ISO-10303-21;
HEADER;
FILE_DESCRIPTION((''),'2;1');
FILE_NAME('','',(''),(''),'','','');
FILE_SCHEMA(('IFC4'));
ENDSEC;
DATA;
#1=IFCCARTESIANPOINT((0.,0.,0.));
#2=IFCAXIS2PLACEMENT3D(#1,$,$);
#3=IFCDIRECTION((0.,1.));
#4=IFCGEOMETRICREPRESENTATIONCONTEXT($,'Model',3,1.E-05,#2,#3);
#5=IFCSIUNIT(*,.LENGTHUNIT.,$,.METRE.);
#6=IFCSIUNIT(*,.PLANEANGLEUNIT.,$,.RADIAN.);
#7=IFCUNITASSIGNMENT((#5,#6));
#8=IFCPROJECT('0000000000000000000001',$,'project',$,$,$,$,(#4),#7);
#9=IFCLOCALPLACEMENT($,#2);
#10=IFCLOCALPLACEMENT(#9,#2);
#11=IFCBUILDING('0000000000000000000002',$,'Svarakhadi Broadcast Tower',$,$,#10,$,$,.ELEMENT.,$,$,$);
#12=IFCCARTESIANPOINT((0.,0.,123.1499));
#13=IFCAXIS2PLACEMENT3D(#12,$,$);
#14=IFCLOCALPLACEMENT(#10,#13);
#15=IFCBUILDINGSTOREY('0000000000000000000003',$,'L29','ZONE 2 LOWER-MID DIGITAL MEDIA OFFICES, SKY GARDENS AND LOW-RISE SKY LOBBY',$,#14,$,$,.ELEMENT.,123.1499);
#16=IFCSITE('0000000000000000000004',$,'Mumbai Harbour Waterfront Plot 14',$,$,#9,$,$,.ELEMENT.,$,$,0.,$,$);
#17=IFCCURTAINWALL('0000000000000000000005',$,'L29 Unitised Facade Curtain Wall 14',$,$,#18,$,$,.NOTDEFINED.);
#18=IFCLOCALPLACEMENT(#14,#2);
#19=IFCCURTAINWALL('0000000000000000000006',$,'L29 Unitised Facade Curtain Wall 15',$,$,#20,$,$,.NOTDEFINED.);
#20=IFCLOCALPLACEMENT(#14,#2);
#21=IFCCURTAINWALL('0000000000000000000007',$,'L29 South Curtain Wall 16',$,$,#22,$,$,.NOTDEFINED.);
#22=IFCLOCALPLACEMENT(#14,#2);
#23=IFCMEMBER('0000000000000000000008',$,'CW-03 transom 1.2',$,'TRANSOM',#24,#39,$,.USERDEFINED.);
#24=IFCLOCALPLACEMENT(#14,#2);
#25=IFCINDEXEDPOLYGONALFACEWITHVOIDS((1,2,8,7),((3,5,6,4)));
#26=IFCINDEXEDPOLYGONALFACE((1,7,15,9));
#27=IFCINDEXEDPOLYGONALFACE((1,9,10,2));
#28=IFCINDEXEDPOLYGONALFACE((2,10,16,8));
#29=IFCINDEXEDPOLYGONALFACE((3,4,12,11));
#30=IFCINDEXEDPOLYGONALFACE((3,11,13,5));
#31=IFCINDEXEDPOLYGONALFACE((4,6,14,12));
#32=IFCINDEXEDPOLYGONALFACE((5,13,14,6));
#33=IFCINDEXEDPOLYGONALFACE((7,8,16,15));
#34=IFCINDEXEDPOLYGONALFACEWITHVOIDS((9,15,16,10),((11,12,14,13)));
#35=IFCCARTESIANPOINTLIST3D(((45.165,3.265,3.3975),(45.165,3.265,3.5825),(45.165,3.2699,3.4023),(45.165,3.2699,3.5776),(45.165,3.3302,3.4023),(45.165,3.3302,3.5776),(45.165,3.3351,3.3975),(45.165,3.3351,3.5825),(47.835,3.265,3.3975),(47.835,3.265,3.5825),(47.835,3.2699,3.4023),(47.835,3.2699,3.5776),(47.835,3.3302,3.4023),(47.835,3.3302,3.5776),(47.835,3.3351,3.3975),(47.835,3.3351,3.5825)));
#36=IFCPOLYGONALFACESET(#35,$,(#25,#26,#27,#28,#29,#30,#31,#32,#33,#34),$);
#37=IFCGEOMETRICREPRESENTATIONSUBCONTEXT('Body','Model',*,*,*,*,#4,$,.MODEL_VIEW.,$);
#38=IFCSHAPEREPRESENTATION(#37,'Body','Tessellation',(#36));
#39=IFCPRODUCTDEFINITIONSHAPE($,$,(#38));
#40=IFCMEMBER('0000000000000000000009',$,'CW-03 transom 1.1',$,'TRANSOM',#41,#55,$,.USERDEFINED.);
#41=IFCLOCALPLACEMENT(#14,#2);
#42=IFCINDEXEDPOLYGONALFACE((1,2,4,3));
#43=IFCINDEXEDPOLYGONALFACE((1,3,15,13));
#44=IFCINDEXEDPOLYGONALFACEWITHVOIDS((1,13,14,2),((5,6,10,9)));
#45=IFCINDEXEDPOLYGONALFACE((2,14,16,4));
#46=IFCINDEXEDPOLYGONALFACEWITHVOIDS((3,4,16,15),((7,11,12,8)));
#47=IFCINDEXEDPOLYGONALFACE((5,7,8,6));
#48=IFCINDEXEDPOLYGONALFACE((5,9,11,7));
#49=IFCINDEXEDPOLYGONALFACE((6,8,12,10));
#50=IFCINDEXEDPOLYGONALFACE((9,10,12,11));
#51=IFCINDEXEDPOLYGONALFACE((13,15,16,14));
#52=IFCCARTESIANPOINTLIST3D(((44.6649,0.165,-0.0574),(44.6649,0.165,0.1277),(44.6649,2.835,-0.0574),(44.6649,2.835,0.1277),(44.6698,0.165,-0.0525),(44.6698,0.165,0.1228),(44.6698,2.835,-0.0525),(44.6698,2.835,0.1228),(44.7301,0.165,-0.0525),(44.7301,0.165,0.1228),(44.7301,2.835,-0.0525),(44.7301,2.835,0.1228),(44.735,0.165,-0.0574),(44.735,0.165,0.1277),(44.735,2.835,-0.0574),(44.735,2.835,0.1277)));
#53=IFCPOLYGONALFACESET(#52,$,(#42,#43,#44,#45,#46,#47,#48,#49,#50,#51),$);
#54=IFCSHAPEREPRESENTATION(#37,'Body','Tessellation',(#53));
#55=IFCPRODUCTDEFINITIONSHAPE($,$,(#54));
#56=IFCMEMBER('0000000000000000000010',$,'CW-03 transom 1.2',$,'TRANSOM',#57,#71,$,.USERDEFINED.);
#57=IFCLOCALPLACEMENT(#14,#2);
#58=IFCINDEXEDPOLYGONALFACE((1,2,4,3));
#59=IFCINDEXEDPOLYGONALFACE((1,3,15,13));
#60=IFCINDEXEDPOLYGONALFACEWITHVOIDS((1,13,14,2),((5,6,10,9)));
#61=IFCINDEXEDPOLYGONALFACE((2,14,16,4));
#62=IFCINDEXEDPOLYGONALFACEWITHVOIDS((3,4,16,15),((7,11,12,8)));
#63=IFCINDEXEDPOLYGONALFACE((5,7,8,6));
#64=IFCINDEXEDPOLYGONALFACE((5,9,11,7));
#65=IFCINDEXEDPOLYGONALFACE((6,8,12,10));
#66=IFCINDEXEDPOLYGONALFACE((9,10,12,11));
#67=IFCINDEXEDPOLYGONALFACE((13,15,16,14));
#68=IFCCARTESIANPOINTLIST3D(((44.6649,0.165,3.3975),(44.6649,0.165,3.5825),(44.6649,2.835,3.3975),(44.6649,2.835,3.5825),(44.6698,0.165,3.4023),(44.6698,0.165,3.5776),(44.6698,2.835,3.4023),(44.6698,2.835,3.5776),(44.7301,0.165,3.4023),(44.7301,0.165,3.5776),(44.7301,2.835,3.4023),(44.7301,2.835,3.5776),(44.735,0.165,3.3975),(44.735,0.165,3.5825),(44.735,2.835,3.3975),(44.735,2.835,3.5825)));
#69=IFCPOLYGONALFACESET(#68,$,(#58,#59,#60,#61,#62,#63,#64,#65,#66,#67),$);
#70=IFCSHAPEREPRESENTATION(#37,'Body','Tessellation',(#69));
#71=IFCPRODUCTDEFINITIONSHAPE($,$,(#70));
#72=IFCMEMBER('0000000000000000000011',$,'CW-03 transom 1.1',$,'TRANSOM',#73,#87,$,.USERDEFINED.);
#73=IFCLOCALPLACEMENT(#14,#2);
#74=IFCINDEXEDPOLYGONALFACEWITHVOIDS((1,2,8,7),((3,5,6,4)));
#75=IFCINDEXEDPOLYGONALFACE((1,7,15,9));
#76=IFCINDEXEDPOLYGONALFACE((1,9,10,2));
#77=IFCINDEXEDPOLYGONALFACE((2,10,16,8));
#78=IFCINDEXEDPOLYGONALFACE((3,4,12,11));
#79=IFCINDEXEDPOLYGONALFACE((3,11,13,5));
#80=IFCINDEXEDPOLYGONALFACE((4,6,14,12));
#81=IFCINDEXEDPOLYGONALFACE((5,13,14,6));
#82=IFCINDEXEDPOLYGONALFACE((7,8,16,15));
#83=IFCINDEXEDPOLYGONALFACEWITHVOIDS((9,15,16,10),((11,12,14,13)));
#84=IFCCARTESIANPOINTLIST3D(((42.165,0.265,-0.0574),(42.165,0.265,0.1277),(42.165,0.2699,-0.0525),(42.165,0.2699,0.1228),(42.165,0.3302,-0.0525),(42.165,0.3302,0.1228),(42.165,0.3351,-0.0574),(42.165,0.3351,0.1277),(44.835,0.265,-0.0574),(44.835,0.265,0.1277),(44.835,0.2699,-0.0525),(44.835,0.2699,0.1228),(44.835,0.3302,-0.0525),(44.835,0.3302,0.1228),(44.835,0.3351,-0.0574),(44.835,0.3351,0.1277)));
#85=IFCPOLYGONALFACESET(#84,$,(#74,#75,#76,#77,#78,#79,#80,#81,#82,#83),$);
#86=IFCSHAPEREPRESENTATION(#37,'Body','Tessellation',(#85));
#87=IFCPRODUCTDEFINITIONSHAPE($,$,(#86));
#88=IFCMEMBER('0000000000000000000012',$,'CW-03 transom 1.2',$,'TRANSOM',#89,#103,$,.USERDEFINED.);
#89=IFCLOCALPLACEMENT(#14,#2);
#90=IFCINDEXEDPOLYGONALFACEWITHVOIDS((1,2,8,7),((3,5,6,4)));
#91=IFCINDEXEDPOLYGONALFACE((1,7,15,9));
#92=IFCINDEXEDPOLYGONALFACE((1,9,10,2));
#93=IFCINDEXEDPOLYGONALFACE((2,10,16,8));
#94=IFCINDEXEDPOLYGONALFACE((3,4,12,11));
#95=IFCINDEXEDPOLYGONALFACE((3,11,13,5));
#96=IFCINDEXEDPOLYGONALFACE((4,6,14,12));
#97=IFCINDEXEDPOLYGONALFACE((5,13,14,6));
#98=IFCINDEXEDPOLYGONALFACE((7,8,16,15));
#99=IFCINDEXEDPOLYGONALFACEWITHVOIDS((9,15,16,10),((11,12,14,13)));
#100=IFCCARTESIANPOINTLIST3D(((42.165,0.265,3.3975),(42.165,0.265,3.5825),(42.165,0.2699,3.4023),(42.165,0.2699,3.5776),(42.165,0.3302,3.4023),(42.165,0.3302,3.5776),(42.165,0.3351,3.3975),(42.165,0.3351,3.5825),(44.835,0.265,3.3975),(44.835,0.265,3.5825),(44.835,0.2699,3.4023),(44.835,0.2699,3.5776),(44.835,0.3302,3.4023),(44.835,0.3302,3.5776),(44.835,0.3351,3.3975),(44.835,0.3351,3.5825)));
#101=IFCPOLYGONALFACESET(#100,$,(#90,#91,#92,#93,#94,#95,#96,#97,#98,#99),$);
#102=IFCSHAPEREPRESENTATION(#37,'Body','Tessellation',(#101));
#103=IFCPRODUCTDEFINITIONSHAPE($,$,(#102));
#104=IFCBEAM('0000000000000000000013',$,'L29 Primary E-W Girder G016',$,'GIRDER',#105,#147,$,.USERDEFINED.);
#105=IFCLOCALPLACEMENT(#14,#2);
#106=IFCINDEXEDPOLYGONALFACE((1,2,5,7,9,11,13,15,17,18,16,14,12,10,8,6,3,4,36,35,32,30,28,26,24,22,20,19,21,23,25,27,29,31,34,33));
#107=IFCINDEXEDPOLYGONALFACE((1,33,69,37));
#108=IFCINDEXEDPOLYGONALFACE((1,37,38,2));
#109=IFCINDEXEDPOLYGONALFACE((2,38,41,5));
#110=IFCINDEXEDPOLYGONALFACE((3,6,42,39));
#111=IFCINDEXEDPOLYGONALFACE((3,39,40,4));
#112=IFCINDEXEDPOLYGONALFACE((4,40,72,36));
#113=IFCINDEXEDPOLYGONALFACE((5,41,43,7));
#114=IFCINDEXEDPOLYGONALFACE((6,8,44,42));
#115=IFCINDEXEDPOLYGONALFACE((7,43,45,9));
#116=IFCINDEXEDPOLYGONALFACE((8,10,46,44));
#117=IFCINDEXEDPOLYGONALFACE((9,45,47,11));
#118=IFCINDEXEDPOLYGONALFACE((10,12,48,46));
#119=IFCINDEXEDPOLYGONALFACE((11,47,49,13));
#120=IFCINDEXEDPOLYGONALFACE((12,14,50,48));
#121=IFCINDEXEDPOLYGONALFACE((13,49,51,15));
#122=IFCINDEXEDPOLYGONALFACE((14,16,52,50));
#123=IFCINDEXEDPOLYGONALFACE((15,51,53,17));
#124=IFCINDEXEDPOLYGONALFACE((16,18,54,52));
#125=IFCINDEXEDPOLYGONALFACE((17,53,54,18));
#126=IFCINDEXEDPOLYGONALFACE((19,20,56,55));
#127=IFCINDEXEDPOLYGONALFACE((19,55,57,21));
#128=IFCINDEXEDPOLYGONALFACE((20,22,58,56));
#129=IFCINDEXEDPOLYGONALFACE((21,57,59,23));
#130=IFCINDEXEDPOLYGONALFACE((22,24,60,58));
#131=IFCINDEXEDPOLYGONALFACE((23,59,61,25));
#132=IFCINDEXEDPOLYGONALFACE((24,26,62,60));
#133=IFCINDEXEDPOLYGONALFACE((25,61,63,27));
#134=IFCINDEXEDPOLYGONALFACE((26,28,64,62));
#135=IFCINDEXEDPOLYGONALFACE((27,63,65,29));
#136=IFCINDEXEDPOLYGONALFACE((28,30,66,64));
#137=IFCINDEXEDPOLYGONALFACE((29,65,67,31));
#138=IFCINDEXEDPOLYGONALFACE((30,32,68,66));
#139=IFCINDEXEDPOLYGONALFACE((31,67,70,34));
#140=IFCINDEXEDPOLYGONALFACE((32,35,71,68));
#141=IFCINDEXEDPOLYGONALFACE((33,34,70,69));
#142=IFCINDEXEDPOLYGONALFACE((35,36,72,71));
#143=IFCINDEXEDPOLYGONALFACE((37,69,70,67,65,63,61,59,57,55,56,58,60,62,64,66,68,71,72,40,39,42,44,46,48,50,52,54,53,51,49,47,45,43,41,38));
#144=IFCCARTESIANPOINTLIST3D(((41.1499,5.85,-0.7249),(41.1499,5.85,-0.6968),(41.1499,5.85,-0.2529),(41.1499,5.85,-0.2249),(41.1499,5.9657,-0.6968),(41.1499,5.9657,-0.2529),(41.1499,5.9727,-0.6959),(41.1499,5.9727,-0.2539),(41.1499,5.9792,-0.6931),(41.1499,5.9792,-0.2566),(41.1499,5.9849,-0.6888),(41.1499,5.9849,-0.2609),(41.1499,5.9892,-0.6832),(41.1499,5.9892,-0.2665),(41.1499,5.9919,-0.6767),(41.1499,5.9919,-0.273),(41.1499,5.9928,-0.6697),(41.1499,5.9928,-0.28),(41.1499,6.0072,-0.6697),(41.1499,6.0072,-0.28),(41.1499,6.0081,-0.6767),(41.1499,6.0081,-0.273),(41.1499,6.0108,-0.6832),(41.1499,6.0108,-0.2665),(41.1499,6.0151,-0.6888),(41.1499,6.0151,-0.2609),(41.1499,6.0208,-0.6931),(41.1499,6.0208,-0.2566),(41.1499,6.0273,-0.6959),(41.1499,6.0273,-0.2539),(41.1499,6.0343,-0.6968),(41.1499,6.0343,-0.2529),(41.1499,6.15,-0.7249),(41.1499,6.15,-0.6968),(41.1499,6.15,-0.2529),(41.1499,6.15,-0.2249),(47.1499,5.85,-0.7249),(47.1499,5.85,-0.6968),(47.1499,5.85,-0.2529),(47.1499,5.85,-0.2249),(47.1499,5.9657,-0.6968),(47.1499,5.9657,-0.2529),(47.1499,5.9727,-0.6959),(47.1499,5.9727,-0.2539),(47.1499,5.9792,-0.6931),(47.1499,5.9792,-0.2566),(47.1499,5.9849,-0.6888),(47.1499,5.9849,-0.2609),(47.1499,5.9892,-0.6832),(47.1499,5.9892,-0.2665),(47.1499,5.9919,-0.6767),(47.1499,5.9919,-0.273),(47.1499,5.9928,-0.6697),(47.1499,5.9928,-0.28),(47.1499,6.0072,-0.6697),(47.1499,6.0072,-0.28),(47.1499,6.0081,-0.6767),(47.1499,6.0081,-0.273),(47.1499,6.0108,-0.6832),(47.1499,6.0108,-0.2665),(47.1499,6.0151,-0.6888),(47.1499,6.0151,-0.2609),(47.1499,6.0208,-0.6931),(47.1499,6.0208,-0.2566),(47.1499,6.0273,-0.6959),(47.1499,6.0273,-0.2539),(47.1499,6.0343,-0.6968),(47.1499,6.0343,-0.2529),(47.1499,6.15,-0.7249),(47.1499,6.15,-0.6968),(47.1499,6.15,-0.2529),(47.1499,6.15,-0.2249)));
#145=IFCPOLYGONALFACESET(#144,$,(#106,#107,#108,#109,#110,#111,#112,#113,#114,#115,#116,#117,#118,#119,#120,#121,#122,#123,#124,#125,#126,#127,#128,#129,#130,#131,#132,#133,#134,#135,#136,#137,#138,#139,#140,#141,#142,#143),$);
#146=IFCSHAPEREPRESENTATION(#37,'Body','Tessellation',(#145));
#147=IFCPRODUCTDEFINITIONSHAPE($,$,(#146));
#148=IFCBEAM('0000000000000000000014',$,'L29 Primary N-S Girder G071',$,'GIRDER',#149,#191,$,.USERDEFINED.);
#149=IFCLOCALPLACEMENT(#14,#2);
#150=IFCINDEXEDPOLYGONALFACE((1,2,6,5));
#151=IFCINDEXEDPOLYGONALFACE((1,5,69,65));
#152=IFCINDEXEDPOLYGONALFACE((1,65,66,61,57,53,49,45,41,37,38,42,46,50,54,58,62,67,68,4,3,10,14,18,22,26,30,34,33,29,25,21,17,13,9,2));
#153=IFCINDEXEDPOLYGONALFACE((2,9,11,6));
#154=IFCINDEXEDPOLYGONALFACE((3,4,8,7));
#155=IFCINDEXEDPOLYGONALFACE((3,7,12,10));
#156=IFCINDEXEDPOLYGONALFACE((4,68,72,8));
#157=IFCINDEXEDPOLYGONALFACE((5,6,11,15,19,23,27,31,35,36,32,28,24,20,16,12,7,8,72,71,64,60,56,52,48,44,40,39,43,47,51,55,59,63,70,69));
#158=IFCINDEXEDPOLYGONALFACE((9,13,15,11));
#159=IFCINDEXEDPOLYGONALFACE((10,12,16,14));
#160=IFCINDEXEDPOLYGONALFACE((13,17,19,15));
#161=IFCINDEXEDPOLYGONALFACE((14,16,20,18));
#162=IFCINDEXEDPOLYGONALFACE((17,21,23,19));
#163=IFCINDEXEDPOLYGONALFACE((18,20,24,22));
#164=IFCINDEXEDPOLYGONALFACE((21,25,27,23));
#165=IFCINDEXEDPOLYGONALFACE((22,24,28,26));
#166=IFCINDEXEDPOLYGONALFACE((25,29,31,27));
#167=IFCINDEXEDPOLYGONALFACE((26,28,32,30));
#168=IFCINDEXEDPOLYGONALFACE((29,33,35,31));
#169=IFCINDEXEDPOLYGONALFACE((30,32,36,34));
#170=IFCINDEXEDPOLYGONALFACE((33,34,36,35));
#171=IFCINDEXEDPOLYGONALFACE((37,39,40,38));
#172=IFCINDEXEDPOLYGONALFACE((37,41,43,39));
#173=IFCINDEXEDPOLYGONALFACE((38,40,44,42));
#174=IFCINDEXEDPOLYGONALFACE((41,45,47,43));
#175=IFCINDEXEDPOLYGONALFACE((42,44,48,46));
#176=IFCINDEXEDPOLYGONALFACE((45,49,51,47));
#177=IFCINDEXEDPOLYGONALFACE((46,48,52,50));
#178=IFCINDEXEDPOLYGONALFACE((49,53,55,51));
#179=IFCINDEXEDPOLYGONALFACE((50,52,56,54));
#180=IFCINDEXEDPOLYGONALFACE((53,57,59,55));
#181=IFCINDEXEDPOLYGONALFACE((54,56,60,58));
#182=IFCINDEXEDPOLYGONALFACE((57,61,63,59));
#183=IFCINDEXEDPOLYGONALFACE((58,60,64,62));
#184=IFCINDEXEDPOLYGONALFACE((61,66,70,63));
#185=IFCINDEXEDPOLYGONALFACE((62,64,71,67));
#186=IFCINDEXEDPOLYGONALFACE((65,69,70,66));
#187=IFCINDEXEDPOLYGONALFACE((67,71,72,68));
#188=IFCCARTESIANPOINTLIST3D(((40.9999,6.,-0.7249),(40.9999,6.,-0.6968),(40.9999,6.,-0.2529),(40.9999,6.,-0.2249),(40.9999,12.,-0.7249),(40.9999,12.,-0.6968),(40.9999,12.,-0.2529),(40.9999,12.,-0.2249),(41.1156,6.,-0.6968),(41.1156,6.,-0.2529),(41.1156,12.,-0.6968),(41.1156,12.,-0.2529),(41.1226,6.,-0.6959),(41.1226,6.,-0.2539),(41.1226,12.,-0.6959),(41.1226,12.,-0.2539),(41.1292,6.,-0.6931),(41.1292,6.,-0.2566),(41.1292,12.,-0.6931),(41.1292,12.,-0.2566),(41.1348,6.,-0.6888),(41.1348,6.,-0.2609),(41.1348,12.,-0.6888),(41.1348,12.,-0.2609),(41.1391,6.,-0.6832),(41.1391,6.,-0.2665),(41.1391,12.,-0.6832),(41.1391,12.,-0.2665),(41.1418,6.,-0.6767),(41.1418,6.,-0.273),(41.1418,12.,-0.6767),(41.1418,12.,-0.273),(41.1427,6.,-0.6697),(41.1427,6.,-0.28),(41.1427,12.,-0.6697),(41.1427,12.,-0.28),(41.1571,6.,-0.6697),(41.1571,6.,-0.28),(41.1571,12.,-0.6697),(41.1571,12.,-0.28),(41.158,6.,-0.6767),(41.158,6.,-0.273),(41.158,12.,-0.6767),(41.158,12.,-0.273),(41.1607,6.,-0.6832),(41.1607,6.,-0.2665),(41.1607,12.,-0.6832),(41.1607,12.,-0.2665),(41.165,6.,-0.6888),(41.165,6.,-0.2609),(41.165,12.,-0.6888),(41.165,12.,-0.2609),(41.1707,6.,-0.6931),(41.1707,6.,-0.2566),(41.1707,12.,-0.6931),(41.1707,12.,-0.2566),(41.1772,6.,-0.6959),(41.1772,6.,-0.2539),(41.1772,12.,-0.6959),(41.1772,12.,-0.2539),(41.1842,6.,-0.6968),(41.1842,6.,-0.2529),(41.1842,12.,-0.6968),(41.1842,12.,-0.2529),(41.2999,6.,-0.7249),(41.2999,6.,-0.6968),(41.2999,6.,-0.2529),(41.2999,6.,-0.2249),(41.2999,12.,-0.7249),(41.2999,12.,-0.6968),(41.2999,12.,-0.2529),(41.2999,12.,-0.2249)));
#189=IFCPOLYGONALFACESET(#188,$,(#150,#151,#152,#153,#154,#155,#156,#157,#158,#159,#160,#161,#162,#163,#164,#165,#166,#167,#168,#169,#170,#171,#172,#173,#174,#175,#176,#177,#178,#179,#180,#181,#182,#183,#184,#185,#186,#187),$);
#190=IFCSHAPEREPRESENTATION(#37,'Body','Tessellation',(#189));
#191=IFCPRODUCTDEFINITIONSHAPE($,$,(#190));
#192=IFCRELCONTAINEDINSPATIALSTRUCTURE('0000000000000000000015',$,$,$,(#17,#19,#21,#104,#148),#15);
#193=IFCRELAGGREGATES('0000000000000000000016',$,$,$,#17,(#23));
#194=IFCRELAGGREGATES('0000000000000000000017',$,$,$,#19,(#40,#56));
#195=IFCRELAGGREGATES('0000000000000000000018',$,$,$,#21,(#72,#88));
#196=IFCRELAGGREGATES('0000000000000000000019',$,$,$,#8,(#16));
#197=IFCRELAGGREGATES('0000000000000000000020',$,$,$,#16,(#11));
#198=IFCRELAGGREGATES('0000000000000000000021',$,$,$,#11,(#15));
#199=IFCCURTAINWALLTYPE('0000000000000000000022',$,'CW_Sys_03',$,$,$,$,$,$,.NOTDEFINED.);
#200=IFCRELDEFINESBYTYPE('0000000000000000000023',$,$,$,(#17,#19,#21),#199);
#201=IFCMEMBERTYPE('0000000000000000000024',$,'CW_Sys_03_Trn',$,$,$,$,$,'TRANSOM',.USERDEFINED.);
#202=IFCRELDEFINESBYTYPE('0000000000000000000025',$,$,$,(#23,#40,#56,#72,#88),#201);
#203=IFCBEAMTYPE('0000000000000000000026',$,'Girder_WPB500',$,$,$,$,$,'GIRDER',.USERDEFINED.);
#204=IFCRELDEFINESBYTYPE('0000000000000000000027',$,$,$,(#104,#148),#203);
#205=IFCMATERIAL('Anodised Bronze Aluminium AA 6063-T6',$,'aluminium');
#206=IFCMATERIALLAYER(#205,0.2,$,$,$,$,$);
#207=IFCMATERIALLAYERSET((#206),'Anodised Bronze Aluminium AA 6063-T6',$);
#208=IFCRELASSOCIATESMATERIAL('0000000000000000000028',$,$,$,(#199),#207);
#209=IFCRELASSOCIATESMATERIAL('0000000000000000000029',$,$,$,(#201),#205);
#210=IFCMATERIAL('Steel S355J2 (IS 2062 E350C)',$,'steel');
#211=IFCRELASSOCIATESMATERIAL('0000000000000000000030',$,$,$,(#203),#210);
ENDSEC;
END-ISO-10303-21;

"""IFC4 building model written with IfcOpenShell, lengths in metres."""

from ifc_helpers import new_model, si_unit, direction, frame, origin, origin_2d, place, context, subcontext, project, spatial, hollow_rectangle, i_section, extrude, material, layer, layer_set, material_profile, profile_set, type_object, element, aggregate, save


model = new_model("IFC4")

# Units and contexts
model_context = context("Model", 3, precision=1e-05, world=origin(), true_north=direction((0.0, 1.0)))
body_context = subcontext(model_context, "Body", "Model", "MODEL_VIEW")
ifc_project = project(units=[si_unit("LENGTHUNIT", "METRE"), si_unit("PLANEANGLEUNIT", "RADIAN")], contexts=[model_context])

# Site, building, storey
site_placement = place(None, origin())
site = spatial("IfcSite", under=ifc_project, at=site_placement, Name="Mumbai Harbour Waterfront Plot 14", CompositionType="ELEMENT", RefElevation=0.0)
building_placement = place(site_placement, origin())
building = spatial("IfcBuilding", under=site, at=building_placement, Name="Svarakhadi Broadcast Tower", CompositionType="ELEMENT")
storey_placement = place(building_placement, frame((0.0, 0.0, 123.1499)))
storey = spatial("IfcBuildingStorey", under=building, at=storey_placement, Name="L29", Description="ZONE 2 LOWER-MID DIGITAL MEDIA OFFICES, SKY GARDENS AND LOW-RISE SKY LOBBY", CompositionType="ELEMENT", Elevation=123.1499)

# Shared definitions
ifc_material_1 = material(Name="Steel S355J2 (IS 2062 E350C)", Category="steel")

# Curtain walls
ifc_material_2 = material(Name="Anodised Bronze Aluminium AA 6063-T6", Category="aluminium")
ifc_layer_1 = layer(ifc_material_2, 0.2)
ifc_layer_set_1 = layer_set([ifc_layer_1], Name="Anodised Bronze Aluminium AA 6063-T6")
curtain_wall_type = type_object("IfcCurtainWallType", Name="CW_Sys_03", PredefinedType="NOTDEFINED", material=ifc_layer_set_1)
curtain_wall_1_placement = place(storey_placement, origin())
curtain_wall_1 = element("IfcCurtainWall", 1, at=curtain_wall_1_placement, inside=storey, type_object=curtain_wall_type, Name="L29 Unitised Facade Curtain Wall 14", PredefinedType="NOTDEFINED")
curtain_wall_2_placement = place(storey_placement, origin())
curtain_wall_2 = element("IfcCurtainWall", 2, at=curtain_wall_2_placement, inside=storey, type_object=curtain_wall_type, Name="L29 Unitised Facade Curtain Wall 15", PredefinedType="NOTDEFINED")
curtain_wall_3_placement = place(storey_placement, origin())
curtain_wall_3 = element("IfcCurtainWall", 3, at=curtain_wall_3_placement, inside=storey, type_object=curtain_wall_type, Name="L29 South Curtain Wall 16", PredefinedType="NOTDEFINED")

# Members
ifc_material_profile_1 = material_profile(ifc_material_2, hollow_rectangle(XDim=0.0701, YDim=0.1851, WallThickness=0.0049, at=origin_2d()), Name="ALU TRANSOM 185x70x5")
ifc_profile_set_1 = profile_set([ifc_material_profile_1], Name="Anodised Bronze Aluminium AA 6063-T6")
member_type_1 = type_object("IfcMemberType", Name="CW_Sys_03_Trn", ElementType="TRANSOM", PredefinedType="USERDEFINED", material=ifc_profile_set_1)
member_1_placement = place(storey_placement, frame((47.835, 3.3, 3.49), z_axis=(-1.0, 0.0, 0.0), x_axis=(0.0, -1.0, 0.0)))
member_1 = element("IfcMember", 4, at=member_1_placement, type_object=member_type_1, Name="CW-03 transom 1.2", ObjectType="TRANSOM", PredefinedType="USERDEFINED", context=body_context, shape_type="SweptSolid", body=[
    extrude(hollow_rectangle(XDim=0.0701, YDim=0.1851, WallThickness=0.0049, at=origin_2d()), origin(), (0.0, 0.0, 1.0), 2.6699),
])
member_2_placement = place(storey_placement, frame((44.7, 2.835, 0.0352), z_axis=(0.0, -1.0, 0.0), x_axis=(1.0, 0.0, 0.0)))
member_2 = element("IfcMember", 5, at=member_2_placement, type_object=member_type_1, Name="CW-03 transom 1.1", ObjectType="TRANSOM", PredefinedType="USERDEFINED", context=body_context, shape_type="SweptSolid", body=[
    extrude(hollow_rectangle(XDim=0.0701, YDim=0.1851, WallThickness=0.0049, at=origin_2d()), origin(), (0.0, 0.0, 1.0), 2.6699),
])
member_3_placement = place(storey_placement, frame((44.7, 2.835, 3.49), z_axis=(0.0, -1.0, 0.0), x_axis=(1.0, 0.0, 0.0)))
member_3 = element("IfcMember", 6, at=member_3_placement, type_object=member_type_1, Name="CW-03 transom 1.2", ObjectType="TRANSOM", PredefinedType="USERDEFINED", context=body_context, shape_type="SweptSolid", body=[
    extrude(hollow_rectangle(XDim=0.0701, YDim=0.1851, WallThickness=0.0049, at=origin_2d()), origin(), (0.0, 0.0, 1.0), 2.6699),
])
member_4_placement = place(storey_placement, frame((44.835, 0.3, 0.0352), z_axis=(-1.0, 0.0, 0.0), x_axis=(0.0, -1.0, 0.0)))
member_4 = element("IfcMember", 7, at=member_4_placement, type_object=member_type_1, Name="CW-03 transom 1.1", ObjectType="TRANSOM", PredefinedType="USERDEFINED", context=body_context, shape_type="SweptSolid", body=[
    extrude(hollow_rectangle(XDim=0.0701, YDim=0.1851, WallThickness=0.0049, at=origin_2d()), origin(), (0.0, 0.0, 1.0), 2.6699),
])
member_5_placement = place(storey_placement, frame((44.835, 0.3, 3.49), z_axis=(-1.0, 0.0, 0.0), x_axis=(0.0, -1.0, 0.0)))
member_5 = element("IfcMember", 8, at=member_5_placement, type_object=member_type_1, Name="CW-03 transom 1.2", ObjectType="TRANSOM", PredefinedType="USERDEFINED", context=body_context, shape_type="SweptSolid", body=[
    extrude(hollow_rectangle(XDim=0.0701, YDim=0.1851, WallThickness=0.0049, at=origin_2d()), origin(), (0.0, 0.0, 1.0), 2.6699),
])

# Beams
ifc_material_profile_2 = material_profile(ifc_material_1, i_section(OverallWidth=0.3, OverallDepth=0.5, WebThickness=0.0144, FlangeThickness=0.0281, FilletRadius=0.0271, at=origin_2d()), Name="WPB 500x300x187")
ifc_profile_set_2 = profile_set([ifc_material_profile_2], Name="Steel S355J2 (IS 2062 E350C)")
beam_type_1 = type_object("IfcBeamType", Name="Girder_WPB500", ElementType="GIRDER", PredefinedType="USERDEFINED", material=ifc_profile_set_2)
for number, where, z_axis, x_axis, name in (
    (9, (41.1499, 6.0, -0.4749), (1.0, 0.0, 0.0), (0.0, 1.0, 0.0), "L29 Primary E-W Girder G016"),
    (10, (41.1499, 6.0, -0.4749), (0.0, 1.0, 0.0), (-1.0, 0.0, 0.0), "L29 Primary N-S Girder G071"),
):
    element("IfcBeam", number, at=place(storey_placement, frame(where, z_axis=z_axis, x_axis=x_axis)), inside=storey, type_object=beam_type_1, Name=name, ObjectType="GIRDER", PredefinedType="USERDEFINED", context=body_context, shape_type="SweptSolid", body=[
        extrude(i_section(OverallWidth=0.3, OverallDepth=0.5, WebThickness=0.0144, FlangeThickness=0.0281, FilletRadius=0.0271, at=origin_2d()), origin(), (0.0, 0.0, 1.0), 6.0),
    ])

aggregate(curtain_wall_1, [member_1])
aggregate(curtain_wall_2, [member_2, member_3])
aggregate(curtain_wall_3, [member_4, member_5])

save(model, "model.ifc")
